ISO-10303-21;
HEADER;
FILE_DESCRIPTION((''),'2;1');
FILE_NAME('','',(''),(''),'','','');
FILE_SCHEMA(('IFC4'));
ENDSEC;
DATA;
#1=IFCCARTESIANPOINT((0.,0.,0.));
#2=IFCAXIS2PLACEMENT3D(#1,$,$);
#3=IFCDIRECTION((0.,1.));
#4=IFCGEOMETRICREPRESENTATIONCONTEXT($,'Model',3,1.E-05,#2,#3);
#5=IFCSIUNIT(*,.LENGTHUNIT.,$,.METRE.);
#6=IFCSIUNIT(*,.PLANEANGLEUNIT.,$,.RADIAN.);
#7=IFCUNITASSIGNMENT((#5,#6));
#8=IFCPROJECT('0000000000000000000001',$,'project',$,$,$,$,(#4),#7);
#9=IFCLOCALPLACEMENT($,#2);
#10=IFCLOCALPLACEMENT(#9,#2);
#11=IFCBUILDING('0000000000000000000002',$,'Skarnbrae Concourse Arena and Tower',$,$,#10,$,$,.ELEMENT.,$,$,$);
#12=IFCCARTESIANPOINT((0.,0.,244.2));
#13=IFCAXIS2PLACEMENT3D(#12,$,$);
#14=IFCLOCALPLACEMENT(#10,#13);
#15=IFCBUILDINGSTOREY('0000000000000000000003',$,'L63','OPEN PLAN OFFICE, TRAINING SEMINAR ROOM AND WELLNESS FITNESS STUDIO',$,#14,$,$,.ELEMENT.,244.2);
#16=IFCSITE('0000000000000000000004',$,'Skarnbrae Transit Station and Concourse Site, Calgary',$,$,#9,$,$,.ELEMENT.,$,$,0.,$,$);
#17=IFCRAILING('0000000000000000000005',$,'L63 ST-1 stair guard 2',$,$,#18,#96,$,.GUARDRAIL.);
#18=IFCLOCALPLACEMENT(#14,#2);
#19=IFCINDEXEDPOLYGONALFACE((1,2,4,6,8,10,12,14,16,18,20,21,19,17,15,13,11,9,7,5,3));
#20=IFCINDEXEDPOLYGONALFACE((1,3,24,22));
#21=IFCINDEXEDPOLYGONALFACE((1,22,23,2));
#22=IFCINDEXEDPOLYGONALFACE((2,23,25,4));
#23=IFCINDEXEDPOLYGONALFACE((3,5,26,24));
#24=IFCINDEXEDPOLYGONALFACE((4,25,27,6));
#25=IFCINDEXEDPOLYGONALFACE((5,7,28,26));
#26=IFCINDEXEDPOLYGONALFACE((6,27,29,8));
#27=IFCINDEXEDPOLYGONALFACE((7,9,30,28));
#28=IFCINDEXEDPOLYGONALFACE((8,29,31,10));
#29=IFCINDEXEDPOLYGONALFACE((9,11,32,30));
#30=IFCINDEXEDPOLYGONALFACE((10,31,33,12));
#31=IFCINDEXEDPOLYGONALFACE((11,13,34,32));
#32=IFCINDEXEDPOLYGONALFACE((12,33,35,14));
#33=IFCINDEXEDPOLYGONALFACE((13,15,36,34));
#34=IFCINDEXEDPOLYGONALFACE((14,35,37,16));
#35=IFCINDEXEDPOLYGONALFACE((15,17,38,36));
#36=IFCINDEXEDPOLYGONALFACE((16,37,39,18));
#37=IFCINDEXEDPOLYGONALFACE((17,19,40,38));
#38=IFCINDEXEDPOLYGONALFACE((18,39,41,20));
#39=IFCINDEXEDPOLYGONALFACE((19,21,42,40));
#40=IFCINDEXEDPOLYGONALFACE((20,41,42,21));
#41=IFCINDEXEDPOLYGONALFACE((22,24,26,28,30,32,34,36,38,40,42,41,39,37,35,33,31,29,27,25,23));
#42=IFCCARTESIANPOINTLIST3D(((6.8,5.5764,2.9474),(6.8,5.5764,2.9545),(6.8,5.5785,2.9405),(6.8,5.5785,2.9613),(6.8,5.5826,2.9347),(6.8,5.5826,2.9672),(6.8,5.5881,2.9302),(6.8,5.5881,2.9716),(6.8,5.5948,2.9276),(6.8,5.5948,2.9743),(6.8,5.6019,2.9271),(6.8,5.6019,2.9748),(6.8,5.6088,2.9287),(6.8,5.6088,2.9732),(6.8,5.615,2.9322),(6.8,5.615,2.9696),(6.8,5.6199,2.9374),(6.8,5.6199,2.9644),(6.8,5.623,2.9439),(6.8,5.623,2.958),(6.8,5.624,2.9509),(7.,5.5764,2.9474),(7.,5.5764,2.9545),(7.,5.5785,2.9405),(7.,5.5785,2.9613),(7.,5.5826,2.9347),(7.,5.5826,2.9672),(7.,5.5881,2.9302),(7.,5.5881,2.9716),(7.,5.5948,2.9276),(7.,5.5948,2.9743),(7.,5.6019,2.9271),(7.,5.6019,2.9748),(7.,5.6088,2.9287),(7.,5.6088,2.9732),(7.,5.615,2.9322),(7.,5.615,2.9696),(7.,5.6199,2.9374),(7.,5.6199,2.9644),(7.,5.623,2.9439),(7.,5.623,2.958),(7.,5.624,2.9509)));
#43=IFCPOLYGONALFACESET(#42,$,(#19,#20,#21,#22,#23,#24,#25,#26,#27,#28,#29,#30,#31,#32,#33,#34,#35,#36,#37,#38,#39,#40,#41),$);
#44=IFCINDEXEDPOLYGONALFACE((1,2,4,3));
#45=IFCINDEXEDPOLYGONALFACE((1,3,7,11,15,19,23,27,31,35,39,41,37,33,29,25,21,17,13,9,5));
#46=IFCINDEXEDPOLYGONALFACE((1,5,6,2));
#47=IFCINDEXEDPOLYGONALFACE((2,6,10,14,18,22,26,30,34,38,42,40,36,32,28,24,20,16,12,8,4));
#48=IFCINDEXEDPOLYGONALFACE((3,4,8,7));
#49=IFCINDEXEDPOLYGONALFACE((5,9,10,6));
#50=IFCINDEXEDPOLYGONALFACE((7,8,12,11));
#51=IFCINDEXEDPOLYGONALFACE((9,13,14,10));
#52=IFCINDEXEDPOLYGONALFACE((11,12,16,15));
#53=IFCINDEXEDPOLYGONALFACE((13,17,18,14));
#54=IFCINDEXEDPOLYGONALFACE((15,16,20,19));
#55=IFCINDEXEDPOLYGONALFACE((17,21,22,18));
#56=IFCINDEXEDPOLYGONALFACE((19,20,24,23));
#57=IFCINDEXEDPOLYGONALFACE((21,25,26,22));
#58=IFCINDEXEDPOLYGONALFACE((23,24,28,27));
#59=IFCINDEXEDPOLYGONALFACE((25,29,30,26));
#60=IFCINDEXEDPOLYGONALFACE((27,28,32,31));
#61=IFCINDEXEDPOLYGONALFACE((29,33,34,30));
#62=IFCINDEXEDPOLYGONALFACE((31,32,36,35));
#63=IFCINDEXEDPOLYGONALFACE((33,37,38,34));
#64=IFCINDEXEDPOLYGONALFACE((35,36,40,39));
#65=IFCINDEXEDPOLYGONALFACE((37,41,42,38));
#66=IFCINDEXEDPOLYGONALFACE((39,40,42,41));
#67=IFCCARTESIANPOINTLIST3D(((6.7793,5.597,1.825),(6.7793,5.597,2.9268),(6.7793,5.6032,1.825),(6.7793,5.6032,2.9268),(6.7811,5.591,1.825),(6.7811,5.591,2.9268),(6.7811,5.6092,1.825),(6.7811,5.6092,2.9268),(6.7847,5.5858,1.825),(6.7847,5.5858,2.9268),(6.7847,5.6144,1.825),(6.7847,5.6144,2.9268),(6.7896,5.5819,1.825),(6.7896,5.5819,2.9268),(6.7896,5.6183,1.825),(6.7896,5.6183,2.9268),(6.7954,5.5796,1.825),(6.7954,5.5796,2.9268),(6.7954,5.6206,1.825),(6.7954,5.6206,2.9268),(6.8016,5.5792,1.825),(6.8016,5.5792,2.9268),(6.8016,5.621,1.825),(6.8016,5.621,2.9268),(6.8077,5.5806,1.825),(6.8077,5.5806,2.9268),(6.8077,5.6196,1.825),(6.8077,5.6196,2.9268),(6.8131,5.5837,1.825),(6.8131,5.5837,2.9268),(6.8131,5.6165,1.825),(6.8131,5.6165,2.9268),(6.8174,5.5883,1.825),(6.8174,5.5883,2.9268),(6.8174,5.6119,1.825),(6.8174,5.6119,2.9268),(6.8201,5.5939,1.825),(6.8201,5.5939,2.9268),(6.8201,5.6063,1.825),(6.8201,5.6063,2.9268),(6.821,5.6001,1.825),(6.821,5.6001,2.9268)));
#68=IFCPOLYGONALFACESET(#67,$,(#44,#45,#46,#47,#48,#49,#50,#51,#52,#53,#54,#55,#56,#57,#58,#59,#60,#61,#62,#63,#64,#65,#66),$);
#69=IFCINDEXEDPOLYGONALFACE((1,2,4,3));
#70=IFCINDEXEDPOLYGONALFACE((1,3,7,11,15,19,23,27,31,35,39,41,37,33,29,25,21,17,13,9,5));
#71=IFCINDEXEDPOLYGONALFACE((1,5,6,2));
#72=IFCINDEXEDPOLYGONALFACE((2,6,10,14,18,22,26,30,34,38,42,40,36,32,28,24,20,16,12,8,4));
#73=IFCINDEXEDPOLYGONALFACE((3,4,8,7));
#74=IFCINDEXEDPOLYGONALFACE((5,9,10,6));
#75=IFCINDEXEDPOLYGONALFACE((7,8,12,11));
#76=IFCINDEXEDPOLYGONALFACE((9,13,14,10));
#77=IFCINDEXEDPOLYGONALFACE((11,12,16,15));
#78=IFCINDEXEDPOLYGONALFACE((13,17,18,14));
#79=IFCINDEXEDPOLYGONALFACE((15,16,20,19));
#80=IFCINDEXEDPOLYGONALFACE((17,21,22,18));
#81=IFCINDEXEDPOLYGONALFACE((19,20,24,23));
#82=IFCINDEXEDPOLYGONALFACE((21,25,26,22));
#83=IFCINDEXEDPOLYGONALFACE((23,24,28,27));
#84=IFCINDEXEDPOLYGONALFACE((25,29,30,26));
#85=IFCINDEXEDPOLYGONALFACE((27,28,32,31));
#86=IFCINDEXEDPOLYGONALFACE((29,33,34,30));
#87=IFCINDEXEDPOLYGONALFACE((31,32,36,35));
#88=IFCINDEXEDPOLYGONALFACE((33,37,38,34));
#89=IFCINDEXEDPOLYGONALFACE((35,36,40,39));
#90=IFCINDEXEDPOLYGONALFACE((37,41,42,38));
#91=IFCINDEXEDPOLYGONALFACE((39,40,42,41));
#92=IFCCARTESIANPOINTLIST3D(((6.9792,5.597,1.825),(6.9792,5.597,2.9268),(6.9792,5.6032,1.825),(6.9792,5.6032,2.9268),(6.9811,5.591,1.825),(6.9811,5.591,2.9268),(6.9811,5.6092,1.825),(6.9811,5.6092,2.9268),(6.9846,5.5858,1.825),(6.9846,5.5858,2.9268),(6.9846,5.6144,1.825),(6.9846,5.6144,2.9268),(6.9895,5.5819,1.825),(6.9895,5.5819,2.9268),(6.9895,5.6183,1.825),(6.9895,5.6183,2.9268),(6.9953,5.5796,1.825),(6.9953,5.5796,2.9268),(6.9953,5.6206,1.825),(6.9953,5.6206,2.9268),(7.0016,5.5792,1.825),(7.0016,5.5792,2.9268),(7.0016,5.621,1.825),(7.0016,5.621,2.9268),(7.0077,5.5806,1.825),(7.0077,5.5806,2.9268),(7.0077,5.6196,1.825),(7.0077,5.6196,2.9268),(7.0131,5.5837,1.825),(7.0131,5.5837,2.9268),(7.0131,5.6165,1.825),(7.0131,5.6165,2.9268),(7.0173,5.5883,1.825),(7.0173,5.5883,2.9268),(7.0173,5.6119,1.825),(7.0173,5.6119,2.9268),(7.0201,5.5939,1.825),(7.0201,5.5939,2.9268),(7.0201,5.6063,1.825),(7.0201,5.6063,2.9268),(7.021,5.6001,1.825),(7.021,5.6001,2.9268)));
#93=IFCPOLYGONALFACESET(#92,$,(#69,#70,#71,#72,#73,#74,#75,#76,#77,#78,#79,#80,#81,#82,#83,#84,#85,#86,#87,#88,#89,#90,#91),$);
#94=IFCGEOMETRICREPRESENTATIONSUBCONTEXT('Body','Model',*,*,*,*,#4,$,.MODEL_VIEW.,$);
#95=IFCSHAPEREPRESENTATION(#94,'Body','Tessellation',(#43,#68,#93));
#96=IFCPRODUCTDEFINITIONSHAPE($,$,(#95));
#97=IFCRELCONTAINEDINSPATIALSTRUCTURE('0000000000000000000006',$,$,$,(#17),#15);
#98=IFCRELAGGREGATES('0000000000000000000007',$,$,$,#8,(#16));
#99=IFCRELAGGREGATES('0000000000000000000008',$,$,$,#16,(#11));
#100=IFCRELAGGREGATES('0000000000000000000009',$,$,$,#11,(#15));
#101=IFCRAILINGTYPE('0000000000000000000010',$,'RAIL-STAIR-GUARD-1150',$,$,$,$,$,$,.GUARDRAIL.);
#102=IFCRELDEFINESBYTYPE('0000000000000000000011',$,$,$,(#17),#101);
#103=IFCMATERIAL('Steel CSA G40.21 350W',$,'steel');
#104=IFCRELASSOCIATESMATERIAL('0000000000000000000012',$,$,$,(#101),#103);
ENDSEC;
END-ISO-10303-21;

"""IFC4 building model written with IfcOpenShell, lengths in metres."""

from ifc_helpers import new_model, si_unit, direction, frame, origin, origin_2d, place, context, subcontext, project, spatial, circle, extrude, material, type_object, element, save


model = new_model("IFC4")

# Units and contexts
model_context = context("Model", 3, precision=1e-05, world=origin(), true_north=direction((0.0, 1.0)))
body_context = subcontext(model_context, "Body", "Model", "MODEL_VIEW")
ifc_project = project(units=[si_unit("LENGTHUNIT", "METRE"), si_unit("PLANEANGLEUNIT", "RADIAN")], contexts=[model_context])

# Site, building, storey
site_placement = place(None, origin())
site = spatial("IfcSite", under=ifc_project, at=site_placement, Name="Skarnbrae Transit Station and Concourse Site, Calgary", CompositionType="ELEMENT", RefElevation=0.0)
building_placement = place(site_placement, origin())
building = spatial("IfcBuilding", under=site, at=building_placement, Name="Skarnbrae Concourse Arena and Tower", CompositionType="ELEMENT")
storey_placement = place(building_placement, frame((0.0, 0.0, 244.2)))
storey = spatial("IfcBuildingStorey", under=building, at=storey_placement, Name="L63", Description="OPEN PLAN OFFICE, TRAINING SEMINAR ROOM AND WELLNESS FITNESS STUDIO", CompositionType="ELEMENT", Elevation=244.2)

# Shared definitions
ifc_material_1 = material(Name="Steel CSA G40.21 350W", Category="steel")

# Railing
railing_type_1 = type_object("IfcRailingType", Name="RAIL-STAIR-GUARD-1150", PredefinedType="GUARDRAIL", material=ifc_material_1)
railing_1_placement = place(storey_placement, frame((6.8, 5.6001, 1.825)))
element("IfcRailing", 1, at=railing_1_placement, inside=storey, type_object=railing_type_1, Name="L63 ST-1 stair guard 2", PredefinedType="GUARDRAIL", context=body_context, shape_type="SweptSolid", body=[
    extrude(circle(Radius=0.0239, at=origin_2d()), frame((0.0, 0.0, 1.126), z_axis=(1.0, 0.0, 0.0), x_axis=(0.0, 1.0, 0.0)), (0.0, 0.0, 1.0), 0.2),
    extrude(circle(Radius=0.021, at=origin_2d()), origin(), (0.0, 0.0, 1.0), 1.1018),
    extrude(circle(Radius=0.021, at=origin_2d()), frame((0.2, 0.0, 0.0)), (0.0, 0.0, 1.0), 1.1018),
])

save(model, "model.ifc")
